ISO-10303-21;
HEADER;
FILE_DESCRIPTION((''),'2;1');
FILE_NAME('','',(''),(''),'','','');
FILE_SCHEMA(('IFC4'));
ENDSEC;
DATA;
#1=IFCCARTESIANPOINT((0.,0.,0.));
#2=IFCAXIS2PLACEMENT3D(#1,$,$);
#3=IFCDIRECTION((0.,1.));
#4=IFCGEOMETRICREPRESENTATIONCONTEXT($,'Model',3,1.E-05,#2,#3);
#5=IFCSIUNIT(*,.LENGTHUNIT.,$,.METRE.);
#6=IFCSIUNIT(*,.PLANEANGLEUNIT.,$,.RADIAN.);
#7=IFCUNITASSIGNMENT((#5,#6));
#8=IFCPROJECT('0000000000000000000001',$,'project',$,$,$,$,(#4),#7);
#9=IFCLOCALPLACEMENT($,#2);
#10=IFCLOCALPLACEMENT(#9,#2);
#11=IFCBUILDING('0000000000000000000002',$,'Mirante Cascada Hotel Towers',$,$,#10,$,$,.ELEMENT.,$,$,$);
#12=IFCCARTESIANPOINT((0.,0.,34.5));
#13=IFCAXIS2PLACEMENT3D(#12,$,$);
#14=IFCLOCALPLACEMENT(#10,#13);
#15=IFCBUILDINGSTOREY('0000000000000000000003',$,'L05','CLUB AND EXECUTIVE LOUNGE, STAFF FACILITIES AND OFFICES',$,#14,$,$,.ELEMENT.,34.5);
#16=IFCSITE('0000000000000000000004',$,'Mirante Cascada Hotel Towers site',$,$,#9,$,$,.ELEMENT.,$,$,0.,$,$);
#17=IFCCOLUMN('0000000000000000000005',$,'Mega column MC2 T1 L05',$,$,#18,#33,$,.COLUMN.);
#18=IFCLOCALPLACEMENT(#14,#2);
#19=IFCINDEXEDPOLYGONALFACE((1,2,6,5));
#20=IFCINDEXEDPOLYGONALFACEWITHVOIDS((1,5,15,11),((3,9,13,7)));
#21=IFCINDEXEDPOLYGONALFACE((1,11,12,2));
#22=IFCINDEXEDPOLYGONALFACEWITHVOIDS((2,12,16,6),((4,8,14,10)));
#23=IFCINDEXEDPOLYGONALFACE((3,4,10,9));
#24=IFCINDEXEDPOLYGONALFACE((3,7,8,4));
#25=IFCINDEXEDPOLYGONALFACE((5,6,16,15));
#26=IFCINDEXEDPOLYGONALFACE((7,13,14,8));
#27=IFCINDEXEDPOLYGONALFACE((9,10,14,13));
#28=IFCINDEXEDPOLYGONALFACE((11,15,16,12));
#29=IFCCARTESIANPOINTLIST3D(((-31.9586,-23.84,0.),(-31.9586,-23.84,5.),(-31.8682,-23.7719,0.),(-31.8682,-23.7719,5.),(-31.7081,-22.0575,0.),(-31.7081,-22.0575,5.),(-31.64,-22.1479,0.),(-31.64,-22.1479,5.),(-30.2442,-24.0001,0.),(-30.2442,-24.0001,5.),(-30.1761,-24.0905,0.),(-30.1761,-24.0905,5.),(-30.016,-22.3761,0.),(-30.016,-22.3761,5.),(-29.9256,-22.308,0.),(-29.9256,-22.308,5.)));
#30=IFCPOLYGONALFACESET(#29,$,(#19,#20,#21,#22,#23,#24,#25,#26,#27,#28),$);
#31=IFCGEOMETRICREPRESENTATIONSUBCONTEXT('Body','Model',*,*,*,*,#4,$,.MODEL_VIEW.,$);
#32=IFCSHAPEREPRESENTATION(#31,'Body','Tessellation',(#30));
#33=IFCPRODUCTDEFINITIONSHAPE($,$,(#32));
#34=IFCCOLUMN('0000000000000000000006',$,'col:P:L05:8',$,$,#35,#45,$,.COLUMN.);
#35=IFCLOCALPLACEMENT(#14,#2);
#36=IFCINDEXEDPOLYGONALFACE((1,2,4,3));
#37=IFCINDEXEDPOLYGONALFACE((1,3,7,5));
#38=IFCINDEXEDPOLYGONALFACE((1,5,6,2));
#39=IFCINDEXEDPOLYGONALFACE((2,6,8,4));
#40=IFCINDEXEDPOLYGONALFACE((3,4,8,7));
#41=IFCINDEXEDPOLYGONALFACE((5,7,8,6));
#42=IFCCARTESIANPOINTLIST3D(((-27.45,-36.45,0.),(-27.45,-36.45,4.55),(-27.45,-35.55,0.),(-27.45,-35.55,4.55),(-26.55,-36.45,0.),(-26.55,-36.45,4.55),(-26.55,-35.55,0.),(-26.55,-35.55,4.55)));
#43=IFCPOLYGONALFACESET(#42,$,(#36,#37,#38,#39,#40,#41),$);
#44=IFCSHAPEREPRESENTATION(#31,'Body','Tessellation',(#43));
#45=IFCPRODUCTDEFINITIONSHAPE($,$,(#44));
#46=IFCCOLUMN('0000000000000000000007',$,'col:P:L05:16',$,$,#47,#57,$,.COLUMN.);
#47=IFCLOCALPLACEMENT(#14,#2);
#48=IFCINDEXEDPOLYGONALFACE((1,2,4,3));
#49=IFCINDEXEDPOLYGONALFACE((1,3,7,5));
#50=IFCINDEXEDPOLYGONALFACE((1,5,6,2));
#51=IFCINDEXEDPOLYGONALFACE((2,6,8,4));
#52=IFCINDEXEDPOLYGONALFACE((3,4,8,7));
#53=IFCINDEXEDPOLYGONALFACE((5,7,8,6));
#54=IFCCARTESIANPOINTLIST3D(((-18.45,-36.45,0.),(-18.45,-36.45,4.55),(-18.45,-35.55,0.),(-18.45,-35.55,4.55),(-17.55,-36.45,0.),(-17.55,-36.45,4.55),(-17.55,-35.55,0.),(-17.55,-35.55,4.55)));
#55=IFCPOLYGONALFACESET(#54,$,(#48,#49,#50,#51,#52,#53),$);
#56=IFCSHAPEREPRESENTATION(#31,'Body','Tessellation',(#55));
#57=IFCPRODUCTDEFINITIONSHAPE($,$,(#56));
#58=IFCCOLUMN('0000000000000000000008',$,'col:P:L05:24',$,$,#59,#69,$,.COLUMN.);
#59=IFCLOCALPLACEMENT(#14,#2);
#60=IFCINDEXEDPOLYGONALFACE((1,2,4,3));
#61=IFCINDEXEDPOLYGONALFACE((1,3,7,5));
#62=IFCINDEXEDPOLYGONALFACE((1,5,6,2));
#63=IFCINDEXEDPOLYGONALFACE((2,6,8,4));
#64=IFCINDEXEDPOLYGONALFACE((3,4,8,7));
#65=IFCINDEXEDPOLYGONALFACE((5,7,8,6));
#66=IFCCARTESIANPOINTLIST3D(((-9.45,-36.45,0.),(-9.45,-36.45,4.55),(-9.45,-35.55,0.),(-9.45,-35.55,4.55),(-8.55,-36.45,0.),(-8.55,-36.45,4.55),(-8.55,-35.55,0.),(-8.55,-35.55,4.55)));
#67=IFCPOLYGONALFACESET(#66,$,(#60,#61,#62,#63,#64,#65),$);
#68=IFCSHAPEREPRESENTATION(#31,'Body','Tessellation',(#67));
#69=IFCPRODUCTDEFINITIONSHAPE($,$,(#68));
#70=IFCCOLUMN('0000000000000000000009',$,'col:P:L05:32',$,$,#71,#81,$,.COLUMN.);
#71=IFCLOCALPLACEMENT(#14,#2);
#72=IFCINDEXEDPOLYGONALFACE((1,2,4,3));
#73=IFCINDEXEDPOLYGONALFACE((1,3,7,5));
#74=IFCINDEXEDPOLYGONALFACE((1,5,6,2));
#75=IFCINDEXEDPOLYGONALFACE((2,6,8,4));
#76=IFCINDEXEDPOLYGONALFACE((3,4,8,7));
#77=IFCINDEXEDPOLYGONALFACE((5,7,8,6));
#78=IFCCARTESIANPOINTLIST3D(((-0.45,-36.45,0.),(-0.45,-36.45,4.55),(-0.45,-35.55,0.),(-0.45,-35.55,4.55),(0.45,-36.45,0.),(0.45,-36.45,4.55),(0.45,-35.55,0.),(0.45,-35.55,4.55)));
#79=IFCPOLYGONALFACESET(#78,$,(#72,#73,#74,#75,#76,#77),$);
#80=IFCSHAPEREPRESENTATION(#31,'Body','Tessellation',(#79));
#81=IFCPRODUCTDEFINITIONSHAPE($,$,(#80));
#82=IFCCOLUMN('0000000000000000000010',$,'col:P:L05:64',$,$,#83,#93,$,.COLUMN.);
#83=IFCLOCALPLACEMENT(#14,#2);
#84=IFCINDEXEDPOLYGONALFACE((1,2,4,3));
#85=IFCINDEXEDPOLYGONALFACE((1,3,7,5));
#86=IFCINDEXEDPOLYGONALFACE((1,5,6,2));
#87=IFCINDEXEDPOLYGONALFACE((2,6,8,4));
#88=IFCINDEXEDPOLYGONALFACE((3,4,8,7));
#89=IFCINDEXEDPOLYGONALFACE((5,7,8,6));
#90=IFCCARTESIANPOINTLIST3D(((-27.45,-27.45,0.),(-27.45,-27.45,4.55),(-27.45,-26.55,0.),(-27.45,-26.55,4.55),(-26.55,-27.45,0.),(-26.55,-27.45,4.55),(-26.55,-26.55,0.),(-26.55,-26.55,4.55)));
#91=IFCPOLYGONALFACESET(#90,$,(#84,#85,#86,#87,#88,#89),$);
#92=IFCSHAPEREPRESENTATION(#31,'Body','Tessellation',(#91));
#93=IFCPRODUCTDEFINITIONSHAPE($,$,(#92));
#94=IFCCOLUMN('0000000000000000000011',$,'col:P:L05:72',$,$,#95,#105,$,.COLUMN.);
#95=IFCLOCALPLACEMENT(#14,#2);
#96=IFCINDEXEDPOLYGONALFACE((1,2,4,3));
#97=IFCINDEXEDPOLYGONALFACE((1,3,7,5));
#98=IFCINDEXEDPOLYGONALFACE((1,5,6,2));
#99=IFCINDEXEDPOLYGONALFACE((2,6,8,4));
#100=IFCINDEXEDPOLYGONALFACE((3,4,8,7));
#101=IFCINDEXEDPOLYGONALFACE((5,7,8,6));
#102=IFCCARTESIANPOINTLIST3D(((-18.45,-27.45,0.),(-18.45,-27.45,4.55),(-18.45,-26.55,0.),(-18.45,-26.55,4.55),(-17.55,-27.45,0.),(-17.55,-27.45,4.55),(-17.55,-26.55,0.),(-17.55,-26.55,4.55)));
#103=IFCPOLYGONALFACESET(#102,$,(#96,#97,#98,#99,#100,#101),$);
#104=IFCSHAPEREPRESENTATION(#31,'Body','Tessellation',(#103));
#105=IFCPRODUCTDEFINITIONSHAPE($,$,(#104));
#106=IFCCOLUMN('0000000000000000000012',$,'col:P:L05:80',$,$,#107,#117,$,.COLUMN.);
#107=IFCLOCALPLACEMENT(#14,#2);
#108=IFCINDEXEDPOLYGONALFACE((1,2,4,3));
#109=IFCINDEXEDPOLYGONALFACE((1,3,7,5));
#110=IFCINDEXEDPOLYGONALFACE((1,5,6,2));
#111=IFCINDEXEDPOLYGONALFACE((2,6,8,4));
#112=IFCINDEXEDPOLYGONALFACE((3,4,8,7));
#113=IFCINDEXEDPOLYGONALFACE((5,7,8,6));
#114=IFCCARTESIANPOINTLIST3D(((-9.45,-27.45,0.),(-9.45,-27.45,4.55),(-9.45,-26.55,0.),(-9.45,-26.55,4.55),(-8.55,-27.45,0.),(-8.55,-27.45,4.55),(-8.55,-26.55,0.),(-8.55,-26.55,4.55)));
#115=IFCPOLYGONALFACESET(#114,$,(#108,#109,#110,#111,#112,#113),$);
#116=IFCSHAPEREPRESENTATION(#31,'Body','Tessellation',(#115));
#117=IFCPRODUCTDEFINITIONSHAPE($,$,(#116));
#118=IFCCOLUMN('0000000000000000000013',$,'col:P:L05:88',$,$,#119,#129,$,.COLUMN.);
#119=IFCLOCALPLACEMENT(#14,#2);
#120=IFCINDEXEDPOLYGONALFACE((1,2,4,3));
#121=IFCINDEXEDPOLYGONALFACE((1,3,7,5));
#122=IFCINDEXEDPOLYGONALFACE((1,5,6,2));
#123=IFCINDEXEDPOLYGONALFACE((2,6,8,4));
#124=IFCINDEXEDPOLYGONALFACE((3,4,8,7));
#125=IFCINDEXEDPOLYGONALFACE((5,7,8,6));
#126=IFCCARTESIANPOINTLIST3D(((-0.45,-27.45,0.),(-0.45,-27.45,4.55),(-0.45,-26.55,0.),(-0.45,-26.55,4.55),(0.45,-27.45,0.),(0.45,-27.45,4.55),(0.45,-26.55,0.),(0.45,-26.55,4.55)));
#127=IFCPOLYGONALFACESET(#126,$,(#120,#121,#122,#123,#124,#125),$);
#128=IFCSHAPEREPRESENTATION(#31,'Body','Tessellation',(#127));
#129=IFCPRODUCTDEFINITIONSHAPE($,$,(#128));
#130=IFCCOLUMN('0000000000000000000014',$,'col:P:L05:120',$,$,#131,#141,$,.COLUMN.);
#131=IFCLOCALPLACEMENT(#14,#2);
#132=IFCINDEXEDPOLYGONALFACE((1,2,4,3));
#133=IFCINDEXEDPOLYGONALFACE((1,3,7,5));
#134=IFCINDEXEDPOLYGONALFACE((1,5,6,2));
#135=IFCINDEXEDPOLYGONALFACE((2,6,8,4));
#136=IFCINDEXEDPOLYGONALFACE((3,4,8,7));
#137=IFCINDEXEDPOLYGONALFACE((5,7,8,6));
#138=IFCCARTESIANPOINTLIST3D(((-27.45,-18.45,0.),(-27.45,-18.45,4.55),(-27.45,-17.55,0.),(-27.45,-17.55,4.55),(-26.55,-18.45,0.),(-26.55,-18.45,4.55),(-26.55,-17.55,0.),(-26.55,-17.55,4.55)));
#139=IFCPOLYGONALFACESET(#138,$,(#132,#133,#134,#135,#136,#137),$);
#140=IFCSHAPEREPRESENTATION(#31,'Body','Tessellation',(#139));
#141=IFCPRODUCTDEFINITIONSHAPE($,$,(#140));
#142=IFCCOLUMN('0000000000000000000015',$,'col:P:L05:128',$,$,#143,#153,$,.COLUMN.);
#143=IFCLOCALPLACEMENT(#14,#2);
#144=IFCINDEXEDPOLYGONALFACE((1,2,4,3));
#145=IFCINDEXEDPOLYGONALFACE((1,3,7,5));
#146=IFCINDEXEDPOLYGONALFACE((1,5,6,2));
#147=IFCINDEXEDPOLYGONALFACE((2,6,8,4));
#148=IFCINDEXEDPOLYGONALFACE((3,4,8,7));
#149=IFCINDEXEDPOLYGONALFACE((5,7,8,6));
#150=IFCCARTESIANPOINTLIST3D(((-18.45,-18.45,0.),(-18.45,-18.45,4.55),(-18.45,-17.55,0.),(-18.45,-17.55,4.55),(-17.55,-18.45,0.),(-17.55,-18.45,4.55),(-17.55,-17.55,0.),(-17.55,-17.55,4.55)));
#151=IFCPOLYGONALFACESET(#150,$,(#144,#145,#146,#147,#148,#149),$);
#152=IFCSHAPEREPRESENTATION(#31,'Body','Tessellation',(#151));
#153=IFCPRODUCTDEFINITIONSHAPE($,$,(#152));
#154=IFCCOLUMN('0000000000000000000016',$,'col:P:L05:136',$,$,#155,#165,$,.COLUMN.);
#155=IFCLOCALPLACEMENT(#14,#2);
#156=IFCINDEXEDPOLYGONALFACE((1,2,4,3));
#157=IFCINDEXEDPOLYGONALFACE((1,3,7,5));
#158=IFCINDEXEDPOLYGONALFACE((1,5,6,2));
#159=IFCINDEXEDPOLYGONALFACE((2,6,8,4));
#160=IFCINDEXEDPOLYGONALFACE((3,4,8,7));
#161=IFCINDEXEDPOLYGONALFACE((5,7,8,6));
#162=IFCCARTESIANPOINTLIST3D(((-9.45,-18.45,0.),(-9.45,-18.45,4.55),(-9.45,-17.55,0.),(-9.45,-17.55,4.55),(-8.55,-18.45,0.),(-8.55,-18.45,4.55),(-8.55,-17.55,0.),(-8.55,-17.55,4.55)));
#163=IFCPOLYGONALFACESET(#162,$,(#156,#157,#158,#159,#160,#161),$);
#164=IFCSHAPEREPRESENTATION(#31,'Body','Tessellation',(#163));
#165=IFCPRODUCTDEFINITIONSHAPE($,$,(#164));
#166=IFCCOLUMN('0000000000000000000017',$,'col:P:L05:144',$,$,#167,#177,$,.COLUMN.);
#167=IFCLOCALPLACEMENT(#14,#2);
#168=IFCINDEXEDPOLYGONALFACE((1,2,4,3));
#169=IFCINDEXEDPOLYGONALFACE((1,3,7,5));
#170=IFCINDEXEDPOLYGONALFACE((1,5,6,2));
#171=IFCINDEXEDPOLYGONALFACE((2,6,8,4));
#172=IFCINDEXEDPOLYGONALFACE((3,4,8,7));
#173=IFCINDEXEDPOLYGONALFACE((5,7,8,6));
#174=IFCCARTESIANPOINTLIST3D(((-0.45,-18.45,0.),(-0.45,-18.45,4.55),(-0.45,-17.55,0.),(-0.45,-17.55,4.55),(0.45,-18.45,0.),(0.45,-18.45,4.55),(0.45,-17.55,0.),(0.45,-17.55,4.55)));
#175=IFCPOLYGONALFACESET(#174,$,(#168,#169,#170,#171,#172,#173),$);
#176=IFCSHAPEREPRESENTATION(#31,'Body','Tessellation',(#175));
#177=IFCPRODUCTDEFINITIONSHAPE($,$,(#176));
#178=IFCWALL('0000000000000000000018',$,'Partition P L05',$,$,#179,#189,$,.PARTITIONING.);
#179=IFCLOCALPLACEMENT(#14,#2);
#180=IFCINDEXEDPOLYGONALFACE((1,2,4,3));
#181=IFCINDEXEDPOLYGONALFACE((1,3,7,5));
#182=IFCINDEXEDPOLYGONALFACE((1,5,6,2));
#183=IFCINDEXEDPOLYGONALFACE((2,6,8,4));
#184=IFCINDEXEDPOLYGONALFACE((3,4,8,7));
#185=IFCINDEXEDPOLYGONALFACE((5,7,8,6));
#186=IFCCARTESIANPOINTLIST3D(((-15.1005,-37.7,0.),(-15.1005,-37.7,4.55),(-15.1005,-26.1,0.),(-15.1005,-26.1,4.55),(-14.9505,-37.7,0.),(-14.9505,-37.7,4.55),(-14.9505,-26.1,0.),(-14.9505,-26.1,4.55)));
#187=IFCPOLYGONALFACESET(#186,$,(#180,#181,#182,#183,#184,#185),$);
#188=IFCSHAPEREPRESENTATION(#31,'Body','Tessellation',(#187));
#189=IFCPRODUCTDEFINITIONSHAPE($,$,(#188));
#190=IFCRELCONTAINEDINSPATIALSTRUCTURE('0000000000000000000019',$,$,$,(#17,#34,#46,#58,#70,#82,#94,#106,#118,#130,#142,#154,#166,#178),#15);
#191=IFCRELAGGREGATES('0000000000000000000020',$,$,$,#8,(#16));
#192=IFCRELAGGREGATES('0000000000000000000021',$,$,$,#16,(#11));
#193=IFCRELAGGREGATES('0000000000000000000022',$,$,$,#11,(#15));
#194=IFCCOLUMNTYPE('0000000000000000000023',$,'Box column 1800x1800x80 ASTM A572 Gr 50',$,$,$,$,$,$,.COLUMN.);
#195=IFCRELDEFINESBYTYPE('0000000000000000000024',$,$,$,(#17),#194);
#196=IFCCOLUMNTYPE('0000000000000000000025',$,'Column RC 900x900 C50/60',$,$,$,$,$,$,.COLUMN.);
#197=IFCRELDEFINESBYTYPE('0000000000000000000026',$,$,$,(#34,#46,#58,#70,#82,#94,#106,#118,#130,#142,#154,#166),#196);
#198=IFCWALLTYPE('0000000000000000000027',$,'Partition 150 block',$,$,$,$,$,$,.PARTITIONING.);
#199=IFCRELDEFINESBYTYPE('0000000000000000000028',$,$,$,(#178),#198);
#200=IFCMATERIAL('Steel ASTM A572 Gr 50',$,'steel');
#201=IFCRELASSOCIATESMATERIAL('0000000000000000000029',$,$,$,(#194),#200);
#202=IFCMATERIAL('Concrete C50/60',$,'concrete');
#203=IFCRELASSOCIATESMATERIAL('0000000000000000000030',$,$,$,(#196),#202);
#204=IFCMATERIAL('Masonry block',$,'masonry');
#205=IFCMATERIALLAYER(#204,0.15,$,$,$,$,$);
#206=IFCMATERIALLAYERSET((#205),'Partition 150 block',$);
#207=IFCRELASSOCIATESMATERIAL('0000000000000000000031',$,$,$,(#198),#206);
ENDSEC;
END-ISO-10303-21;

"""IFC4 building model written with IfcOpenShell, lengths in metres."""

from ifc_helpers import new_model, si_unit, direction, frame, frame_2d, origin, origin_2d, place, context, subcontext, project, spatial, rectangle, hollow_rectangle, extrude, material, layer, layer_set, material_profile, profile_set, type_object, element, save


model = new_model("IFC4")

# Units and contexts
model_context = context("Model", 3, precision=1e-05, world=origin(), true_north=direction((0.0, 1.0)))
body_context = subcontext(model_context, "Body", "Model", "MODEL_VIEW")
ifc_project = project(units=[si_unit("LENGTHUNIT", "METRE"), si_unit("PLANEANGLEUNIT", "RADIAN")], contexts=[model_context])

# Site, building, storey
site_placement = place(None, origin())
site = spatial("IfcSite", under=ifc_project, at=site_placement, Name="Mirante Cascada Hotel Towers site", CompositionType="ELEMENT", RefElevation=0.0)
building_placement = place(site_placement, origin())
building = spatial("IfcBuilding", under=site, at=building_placement, Name="Mirante Cascada Hotel Towers", CompositionType="ELEMENT")
storey_placement = place(building_placement, frame((0.0, 0.0, 34.5)))
storey = spatial("IfcBuildingStorey", under=building, at=storey_placement, Name="L05", Description="CLUB AND EXECUTIVE LOUNGE, STAFF FACILITIES AND OFFICES", CompositionType="ELEMENT", Elevation=34.5)

# Columns
ifc_material_1 = material(Name="Steel ASTM A572 Gr 50", Category="steel")
ifc_material_profile_1 = material_profile(ifc_material_1, hollow_rectangle(XDim=1.8, YDim=1.8, WallThickness=0.08, at=origin_2d()), Name="Box column 1800x1800x80 ASTM A572 Gr 50")
ifc_profile_set_1 = profile_set([ifc_material_profile_1], Name="Steel ASTM A572 Gr 50")
column_type_1 = type_object("IfcColumnType", Name="Box column 1800x1800x80 ASTM A572 Gr 50", PredefinedType="COLUMN", material=ifc_profile_set_1)
column_placement = place(storey_placement, frame((-30.9421, -23.074, 0.0), z_axis=(0.0, 0.0, 1.0), x_axis=(-0.990268, 0.139173, 0.0)))
element("IfcColumn", 1, at=column_placement, inside=storey, type_object=column_type_1, Name="Mega column MC2 T1 L05", PredefinedType="COLUMN", context=body_context, shape_type="SweptSolid", body=[
    extrude(hollow_rectangle(XDim=1.8, YDim=1.8, WallThickness=0.08, at=origin_2d()), origin(), (0.0, 0.0, 1.0), 5.0),
])
ifc_material_2 = material(Name="Concrete C50/60", Category="concrete")
ifc_material_profile_2 = material_profile(ifc_material_2, rectangle(XDim=0.9, YDim=0.9, at=origin_2d()), Name="RC 900x900")
ifc_profile_set_2 = profile_set([ifc_material_profile_2], Name="Concrete C50/60")
column_type_2 = type_object("IfcColumnType", Name="Column RC 900x900 C50/60", PredefinedType="COLUMN", material=ifc_profile_set_2)
for number, where, z_axis, x_axis, name in (
    (2, (-27.0, -36.0, 0.0), (0.0, 0.0, 1.0), (1.0, 0.0, 0.0), "col:P:L05:8"),
    (3, (-18.0, -36.0, 0.0), (0.0, 0.0, 1.0), (1.0, 0.0, 0.0), "col:P:L05:16"),
    (4, (-9.0, -36.0, 0.0), (0.0, 0.0, 1.0), (1.0, 0.0, 0.0), "col:P:L05:24"),
    (5, (0.0, -36.0, 0.0), (0.0, 0.0, 1.0), (1.0, 0.0, 0.0), "col:P:L05:32"),
    (6, (-27.0, -27.0, 0.0), (0.0, 0.0, 1.0), (1.0, 0.0, 0.0), "col:P:L05:64"),
    (7, (-18.0, -27.0, 0.0), (0.0, 0.0, 1.0), (1.0, 0.0, 0.0), "col:P:L05:72"),
    (8, (-9.0, -27.0, 0.0), (0.0, 0.0, 1.0), (1.0, 0.0, 0.0), "col:P:L05:80"),
    (9, (0.0, -27.0, 0.0), (0.0, 0.0, 1.0), (1.0, 0.0, 0.0), "col:P:L05:88"),
    (10, (-27.0, -18.0, 0.0), (0.0, 0.0, 1.0), (1.0, 0.0, 0.0), "col:P:L05:120"),
    (11, (-18.0, -18.0, 0.0), (0.0, 0.0, 1.0), (1.0, 0.0, 0.0), "col:P:L05:128"),
    (12, (-9.0, -18.0, 0.0), (0.0, 0.0, 1.0), (1.0, 0.0, 0.0), "col:P:L05:136"),
    (13, (0.0, -18.0, 0.0), (0.0, 0.0, 1.0), (1.0, 0.0, 0.0), "col:P:L05:144"),
):
    element("IfcColumn", number, at=place(storey_placement, frame(where, z_axis=z_axis, x_axis=x_axis)), inside=storey, type_object=column_type_2, Name=name, PredefinedType="COLUMN", context=body_context, shape_type="SweptSolid", body=[
        extrude(rectangle(XDim=0.9, YDim=0.9, at=origin_2d()), origin(), (0.0, 0.0, 1.0), 4.55),
    ])

# Wall
ifc_material_3 = material(Name="Masonry block", Category="masonry")
ifc_layer_1 = layer(ifc_material_3, 0.15)
ifc_layer_set_1 = layer_set([ifc_layer_1], Name="Partition 150 block")
wall_type_1 = type_object("IfcWallType", Name="Partition 150 block", PredefinedType="PARTITIONING", material=ifc_layer_set_1)
wall_1_placement = place(storey_placement, frame((-15.0255, -37.7, 0.0), z_axis=(0.0, 0.0, 1.0), x_axis=(0.0, 1.0, 0.0)))
element("IfcWall", 14, at=wall_1_placement, inside=storey, type_object=wall_type_1, Name="Partition P L05", PredefinedType="PARTITIONING", context=body_context, shape_type="SweptSolid", body=[
    extrude(rectangle(XDim=11.6, YDim=0.15, at=frame_2d((5.8, 0.0))), origin(), (0.0, 0.0, 1.0), 4.55),
])

save(model, "model.ifc")
